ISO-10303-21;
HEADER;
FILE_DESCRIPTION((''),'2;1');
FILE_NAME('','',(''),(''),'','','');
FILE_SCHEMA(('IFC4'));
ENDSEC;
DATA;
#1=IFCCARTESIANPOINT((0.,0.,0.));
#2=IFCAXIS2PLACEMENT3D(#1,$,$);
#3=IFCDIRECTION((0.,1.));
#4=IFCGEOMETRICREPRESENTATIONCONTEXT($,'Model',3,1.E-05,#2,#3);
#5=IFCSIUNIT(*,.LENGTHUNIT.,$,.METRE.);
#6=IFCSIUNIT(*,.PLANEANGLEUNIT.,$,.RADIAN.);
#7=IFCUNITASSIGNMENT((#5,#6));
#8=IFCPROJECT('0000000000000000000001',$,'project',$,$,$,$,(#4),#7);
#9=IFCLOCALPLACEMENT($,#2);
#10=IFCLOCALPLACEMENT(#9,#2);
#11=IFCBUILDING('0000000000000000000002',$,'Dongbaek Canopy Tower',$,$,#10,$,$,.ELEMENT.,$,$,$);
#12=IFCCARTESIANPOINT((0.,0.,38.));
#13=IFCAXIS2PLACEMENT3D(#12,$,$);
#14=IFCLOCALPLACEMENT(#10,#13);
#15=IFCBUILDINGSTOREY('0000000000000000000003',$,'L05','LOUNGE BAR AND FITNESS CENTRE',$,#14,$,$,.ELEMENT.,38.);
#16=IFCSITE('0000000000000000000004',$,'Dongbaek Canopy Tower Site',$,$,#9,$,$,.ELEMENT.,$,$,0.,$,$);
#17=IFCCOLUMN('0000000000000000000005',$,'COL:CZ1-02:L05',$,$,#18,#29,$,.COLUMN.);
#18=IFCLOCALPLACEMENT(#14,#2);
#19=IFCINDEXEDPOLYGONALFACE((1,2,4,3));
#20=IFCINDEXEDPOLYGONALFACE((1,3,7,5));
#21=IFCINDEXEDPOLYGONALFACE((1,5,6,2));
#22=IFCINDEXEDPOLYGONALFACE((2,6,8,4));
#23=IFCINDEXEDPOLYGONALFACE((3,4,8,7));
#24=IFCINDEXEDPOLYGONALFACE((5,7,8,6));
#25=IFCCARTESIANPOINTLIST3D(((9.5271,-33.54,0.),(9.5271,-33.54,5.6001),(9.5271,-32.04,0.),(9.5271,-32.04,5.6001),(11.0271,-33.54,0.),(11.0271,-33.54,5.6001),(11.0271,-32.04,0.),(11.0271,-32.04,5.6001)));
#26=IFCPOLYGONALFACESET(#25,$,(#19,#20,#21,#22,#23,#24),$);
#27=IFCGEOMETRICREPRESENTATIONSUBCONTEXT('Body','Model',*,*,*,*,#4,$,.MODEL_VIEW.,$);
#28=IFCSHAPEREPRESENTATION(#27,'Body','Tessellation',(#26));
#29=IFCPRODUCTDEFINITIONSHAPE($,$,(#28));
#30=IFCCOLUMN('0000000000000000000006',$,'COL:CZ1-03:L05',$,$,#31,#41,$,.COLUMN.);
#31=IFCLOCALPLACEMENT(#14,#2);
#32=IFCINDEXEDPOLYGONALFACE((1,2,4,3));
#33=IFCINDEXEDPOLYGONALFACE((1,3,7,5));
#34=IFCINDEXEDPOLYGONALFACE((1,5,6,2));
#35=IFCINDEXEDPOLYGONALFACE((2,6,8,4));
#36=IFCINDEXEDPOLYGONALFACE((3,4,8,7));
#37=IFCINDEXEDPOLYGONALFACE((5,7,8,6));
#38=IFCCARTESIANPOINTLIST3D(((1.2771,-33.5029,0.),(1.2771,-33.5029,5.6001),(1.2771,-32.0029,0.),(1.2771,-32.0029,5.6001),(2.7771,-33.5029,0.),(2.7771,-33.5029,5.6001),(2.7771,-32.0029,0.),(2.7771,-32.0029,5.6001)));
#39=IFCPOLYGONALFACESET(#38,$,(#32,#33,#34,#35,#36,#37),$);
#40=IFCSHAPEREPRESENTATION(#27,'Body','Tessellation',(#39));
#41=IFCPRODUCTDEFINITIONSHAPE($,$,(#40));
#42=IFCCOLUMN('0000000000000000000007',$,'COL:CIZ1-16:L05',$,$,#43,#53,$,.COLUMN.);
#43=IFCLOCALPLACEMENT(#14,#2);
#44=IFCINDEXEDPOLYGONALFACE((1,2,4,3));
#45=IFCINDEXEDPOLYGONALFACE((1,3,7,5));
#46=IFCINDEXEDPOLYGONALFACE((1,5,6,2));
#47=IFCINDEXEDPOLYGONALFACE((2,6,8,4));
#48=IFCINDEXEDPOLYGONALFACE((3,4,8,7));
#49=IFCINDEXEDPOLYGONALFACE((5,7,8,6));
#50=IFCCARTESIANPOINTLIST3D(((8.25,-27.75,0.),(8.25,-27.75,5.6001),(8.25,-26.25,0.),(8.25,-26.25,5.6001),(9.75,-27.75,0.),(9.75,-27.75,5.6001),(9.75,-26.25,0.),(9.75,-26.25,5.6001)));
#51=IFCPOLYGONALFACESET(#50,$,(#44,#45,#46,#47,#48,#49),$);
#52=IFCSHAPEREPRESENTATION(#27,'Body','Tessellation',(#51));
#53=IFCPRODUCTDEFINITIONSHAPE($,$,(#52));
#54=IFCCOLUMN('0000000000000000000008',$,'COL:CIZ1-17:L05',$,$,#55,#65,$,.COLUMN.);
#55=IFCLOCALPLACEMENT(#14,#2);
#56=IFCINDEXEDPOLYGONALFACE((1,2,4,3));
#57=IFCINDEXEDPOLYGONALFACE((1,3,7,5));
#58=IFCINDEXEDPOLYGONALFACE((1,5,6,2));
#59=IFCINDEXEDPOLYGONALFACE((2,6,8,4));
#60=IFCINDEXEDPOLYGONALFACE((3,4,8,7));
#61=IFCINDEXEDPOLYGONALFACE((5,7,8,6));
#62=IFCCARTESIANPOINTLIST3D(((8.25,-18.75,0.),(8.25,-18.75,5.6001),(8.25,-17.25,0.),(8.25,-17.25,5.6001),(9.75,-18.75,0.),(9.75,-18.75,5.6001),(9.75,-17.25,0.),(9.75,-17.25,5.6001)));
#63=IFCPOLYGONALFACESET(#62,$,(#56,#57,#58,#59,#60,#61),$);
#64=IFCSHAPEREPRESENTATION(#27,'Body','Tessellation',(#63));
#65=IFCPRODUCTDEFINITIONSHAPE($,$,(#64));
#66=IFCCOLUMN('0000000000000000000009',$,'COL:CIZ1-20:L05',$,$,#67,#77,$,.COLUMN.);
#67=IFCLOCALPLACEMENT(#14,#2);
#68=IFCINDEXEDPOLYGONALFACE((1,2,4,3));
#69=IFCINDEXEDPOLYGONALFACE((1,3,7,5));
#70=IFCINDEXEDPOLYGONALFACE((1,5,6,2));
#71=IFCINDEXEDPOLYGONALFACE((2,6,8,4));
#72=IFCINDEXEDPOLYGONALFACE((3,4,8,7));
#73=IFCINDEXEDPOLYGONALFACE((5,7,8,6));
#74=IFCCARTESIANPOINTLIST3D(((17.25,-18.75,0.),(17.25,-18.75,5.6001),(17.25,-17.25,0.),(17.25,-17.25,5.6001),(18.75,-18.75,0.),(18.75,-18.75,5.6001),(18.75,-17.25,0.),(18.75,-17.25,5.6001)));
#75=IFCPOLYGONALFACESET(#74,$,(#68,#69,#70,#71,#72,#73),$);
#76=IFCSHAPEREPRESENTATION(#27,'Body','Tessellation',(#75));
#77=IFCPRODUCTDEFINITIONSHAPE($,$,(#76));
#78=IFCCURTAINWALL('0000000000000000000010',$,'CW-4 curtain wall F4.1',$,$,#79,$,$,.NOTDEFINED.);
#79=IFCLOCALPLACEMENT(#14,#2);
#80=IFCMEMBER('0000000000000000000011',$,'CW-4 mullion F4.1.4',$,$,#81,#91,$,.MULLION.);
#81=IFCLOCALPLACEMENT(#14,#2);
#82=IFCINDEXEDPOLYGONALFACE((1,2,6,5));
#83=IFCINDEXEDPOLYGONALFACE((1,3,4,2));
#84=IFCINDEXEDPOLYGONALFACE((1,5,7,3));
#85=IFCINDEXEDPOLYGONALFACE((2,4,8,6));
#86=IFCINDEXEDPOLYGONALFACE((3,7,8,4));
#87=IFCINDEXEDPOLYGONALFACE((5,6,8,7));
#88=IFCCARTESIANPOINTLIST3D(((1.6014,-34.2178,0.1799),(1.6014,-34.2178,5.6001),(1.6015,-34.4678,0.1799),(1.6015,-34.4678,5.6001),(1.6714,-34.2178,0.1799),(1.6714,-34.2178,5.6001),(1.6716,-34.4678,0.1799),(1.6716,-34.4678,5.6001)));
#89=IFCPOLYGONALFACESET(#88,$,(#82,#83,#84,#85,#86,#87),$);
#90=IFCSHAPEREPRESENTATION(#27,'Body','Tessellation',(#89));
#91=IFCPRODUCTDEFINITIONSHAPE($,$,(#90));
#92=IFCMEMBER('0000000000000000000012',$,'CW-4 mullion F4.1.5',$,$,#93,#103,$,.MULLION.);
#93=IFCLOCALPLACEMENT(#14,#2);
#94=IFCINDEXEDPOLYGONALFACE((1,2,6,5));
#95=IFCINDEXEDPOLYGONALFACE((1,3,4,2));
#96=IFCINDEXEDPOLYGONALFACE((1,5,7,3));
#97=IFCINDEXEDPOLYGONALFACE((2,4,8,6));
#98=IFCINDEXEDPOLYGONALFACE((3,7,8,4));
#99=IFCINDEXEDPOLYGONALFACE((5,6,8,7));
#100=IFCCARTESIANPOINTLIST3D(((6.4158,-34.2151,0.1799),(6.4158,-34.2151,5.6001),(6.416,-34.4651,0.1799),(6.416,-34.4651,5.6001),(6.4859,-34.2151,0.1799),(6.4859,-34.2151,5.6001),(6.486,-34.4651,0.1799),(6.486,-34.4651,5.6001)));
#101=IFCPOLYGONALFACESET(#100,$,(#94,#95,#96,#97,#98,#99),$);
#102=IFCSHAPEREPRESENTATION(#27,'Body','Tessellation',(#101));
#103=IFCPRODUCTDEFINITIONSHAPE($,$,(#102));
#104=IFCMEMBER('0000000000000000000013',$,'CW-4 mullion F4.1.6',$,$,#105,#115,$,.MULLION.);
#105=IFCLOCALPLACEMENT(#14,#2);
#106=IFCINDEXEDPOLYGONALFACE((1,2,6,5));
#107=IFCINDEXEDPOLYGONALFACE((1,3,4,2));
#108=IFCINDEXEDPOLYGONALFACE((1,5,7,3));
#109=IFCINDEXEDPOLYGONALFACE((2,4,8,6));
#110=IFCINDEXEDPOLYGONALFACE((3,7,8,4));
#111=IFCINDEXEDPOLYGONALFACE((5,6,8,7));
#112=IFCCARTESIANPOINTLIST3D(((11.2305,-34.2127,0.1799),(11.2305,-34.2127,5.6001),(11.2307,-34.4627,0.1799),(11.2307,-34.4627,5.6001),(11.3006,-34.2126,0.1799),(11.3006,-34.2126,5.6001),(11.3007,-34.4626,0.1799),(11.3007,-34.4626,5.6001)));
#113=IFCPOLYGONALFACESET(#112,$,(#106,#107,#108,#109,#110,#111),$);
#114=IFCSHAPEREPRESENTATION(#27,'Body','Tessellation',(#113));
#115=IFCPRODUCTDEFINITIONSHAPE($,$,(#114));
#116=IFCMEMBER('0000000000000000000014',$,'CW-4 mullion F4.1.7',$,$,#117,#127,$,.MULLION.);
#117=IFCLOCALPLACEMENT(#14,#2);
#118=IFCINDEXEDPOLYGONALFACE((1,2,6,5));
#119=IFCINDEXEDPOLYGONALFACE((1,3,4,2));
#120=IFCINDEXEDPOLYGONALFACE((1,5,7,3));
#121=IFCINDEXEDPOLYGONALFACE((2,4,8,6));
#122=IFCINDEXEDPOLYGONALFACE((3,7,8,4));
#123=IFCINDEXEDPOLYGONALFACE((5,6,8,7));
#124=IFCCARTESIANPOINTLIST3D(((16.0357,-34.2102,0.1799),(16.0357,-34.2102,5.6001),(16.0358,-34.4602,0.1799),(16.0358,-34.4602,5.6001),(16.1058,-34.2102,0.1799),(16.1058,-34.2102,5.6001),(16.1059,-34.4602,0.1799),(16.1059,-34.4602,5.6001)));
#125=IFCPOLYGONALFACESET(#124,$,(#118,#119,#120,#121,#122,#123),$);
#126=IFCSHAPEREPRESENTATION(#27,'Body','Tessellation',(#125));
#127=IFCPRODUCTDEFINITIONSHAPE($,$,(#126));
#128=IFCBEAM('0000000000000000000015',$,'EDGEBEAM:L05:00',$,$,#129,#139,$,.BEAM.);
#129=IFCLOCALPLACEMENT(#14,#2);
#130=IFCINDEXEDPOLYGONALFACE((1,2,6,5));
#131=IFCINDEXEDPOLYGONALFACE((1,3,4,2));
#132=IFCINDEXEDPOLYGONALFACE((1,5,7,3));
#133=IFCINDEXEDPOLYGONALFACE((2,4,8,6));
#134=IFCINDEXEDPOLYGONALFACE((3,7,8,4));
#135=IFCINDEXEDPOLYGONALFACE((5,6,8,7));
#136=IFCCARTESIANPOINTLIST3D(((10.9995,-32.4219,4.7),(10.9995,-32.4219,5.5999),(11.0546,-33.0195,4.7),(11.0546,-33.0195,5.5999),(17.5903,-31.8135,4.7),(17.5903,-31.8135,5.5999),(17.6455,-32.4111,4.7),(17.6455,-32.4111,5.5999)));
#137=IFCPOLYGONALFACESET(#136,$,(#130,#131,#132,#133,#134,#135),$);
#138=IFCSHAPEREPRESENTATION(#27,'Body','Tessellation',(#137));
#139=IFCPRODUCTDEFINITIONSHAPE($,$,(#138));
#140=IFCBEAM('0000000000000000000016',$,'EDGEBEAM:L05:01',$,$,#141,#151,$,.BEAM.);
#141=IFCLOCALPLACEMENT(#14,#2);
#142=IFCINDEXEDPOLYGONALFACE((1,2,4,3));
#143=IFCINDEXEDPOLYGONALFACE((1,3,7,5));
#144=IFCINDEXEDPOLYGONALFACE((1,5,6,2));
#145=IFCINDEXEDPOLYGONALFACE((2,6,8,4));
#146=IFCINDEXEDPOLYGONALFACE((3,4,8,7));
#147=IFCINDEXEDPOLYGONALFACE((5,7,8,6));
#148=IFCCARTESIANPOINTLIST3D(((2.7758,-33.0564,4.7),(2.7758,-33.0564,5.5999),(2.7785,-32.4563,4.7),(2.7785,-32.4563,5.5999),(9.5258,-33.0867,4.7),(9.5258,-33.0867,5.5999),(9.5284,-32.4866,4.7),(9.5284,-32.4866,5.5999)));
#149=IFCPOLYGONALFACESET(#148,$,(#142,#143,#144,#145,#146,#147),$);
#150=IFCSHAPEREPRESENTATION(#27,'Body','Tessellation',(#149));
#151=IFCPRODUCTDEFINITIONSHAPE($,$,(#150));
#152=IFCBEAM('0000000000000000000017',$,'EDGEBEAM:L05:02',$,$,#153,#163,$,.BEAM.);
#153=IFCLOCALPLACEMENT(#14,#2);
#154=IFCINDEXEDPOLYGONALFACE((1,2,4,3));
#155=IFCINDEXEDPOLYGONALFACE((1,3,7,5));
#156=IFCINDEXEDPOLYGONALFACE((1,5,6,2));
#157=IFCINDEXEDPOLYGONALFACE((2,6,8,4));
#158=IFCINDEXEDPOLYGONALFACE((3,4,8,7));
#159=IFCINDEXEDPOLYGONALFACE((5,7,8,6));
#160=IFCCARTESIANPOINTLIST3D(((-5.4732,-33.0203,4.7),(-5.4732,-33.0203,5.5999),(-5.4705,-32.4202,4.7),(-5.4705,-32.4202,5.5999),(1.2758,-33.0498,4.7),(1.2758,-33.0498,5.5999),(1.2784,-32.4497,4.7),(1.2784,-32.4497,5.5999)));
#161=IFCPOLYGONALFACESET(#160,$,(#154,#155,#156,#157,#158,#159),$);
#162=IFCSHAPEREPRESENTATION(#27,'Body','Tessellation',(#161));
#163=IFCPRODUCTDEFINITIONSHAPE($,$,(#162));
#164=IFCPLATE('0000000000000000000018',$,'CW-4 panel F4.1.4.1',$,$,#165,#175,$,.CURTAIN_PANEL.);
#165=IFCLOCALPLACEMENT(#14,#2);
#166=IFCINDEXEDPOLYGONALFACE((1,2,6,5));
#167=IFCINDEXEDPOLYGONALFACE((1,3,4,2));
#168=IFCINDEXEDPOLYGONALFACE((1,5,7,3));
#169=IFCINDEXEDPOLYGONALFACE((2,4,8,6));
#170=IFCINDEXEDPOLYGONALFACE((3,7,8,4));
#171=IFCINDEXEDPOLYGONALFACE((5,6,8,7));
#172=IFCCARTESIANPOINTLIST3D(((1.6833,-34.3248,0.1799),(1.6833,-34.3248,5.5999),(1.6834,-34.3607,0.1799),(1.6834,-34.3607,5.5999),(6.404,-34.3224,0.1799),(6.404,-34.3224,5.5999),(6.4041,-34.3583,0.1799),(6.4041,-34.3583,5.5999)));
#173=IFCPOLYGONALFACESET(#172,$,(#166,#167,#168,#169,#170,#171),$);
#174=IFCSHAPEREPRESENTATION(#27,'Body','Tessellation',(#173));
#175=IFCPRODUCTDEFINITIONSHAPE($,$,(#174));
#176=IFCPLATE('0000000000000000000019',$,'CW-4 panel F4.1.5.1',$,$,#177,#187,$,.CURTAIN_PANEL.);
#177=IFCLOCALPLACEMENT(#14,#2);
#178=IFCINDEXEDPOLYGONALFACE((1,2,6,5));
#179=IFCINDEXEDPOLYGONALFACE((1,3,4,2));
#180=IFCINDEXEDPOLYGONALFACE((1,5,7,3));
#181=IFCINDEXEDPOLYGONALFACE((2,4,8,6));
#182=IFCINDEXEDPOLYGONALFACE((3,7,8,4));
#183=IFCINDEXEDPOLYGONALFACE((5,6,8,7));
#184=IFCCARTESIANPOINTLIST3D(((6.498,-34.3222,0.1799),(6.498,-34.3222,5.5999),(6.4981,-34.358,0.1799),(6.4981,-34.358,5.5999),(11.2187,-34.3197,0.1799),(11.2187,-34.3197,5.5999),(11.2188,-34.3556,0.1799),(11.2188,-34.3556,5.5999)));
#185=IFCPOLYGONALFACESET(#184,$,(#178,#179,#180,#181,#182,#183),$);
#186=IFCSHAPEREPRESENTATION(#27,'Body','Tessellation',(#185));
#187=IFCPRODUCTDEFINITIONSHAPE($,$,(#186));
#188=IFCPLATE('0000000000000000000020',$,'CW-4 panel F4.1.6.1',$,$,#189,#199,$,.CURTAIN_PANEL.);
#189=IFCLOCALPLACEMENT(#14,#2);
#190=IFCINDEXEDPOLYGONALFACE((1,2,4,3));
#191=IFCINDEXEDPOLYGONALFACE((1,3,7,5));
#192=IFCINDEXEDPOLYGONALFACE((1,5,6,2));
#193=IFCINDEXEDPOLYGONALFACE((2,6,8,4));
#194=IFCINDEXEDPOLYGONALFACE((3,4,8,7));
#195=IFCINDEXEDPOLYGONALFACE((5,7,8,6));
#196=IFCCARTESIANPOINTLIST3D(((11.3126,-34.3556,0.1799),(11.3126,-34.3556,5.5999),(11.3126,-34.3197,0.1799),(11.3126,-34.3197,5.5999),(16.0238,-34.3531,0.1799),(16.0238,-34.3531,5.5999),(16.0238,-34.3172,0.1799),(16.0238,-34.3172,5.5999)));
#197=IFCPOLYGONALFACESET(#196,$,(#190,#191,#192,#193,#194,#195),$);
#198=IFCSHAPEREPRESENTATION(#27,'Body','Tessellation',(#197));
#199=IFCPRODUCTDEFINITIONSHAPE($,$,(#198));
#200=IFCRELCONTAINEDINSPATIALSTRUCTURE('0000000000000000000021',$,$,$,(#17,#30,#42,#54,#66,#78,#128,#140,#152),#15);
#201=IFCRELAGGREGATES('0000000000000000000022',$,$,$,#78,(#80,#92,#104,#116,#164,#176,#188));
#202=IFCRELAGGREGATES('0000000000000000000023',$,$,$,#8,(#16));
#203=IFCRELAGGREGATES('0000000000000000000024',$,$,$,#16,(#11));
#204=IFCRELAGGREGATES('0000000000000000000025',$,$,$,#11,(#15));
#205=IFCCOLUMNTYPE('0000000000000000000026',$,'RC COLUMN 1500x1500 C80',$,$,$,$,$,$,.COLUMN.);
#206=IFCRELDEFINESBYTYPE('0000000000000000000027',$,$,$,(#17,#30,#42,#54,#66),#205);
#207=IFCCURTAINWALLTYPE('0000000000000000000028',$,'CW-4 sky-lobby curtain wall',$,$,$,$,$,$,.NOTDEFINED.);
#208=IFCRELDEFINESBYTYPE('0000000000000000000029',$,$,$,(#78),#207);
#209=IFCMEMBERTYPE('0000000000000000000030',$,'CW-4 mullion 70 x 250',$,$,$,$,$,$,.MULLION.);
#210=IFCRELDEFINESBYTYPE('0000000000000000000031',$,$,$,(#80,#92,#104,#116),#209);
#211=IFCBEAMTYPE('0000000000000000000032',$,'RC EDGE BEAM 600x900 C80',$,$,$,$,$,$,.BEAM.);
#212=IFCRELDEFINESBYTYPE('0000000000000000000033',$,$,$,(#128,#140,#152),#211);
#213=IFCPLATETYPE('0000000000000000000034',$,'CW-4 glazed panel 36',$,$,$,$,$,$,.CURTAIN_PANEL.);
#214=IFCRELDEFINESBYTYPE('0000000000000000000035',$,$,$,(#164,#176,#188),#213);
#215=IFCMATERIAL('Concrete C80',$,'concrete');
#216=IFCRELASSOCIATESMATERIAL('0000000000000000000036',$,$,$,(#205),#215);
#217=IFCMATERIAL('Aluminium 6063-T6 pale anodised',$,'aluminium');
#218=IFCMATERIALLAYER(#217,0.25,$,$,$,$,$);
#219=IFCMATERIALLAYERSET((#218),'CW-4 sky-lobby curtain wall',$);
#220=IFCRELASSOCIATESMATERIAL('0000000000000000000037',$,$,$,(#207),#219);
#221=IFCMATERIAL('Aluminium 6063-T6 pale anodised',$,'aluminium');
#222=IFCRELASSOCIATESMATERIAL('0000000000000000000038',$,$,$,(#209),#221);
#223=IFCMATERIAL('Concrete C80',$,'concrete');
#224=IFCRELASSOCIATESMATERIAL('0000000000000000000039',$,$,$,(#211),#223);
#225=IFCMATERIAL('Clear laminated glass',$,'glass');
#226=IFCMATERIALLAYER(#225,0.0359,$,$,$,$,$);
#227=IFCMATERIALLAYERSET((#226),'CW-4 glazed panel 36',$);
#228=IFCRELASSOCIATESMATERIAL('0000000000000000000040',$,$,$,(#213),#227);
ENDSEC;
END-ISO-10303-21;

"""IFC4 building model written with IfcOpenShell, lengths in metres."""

from ifc_helpers import new_model, si_unit, direction, frame, origin, origin_2d, place, context, subcontext, project, spatial, rectangle, extrude, material, layer, layer_set, material_profile, profile_set, type_object, element, aggregate, save


model = new_model("IFC4")

# Units and contexts
model_context = context("Model", 3, precision=1e-05, world=origin(), true_north=direction((0.0, 1.0)))
body_context = subcontext(model_context, "Body", "Model", "MODEL_VIEW")
ifc_project = project(units=[si_unit("LENGTHUNIT", "METRE"), si_unit("PLANEANGLEUNIT", "RADIAN")], contexts=[model_context])

# Site, building, storey
site_placement = place(None, origin())
site = spatial("IfcSite", under=ifc_project, at=site_placement, Name="Dongbaek Canopy Tower Site", CompositionType="ELEMENT", RefElevation=0.0)
building_placement = place(site_placement, origin())
building = spatial("IfcBuilding", under=site, at=building_placement, Name="Dongbaek Canopy Tower", CompositionType="ELEMENT")
storey_placement = place(building_placement, frame((0.0, 0.0, 38.0)))
storey = spatial("IfcBuildingStorey", under=building, at=storey_placement, Name="L05", Description="LOUNGE BAR AND FITNESS CENTRE", CompositionType="ELEMENT", Elevation=38.0)

# Columns
ifc_material_1 = material(Name="Concrete C80", Category="concrete")
ifc_material_profile_1 = material_profile(ifc_material_1, rectangle(XDim=1.5, YDim=1.5, at=origin_2d()), Name="RC COLUMN 1500x1500 C80")
ifc_profile_set_1 = profile_set([ifc_material_profile_1], Name="Concrete C80")
column_type = type_object("IfcColumnType", Name="RC COLUMN 1500x1500 C80", PredefinedType="COLUMN", material=ifc_profile_set_1)
for number, where, z_axis, x_axis, name in (
    (1, (10.2771, -32.79, 0.0), (0.0, 0.0, 1.0), (1.0, 0.0, 0.0), "COL:CZ1-02:L05"),
    (2, (2.0271, -32.7529, 0.0), (0.0, 0.0, 1.0), (1.0, 0.0, 0.0), "COL:CZ1-03:L05"),
    (3, (9.0, -27.0, 0.0), (0.0, 0.0, 1.0), (1.0, 0.0, 0.0), "COL:CIZ1-16:L05"),
    (4, (9.0, -18.0, 0.0), (0.0, 0.0, 1.0), (1.0, 0.0, 0.0), "COL:CIZ1-17:L05"),
    (5, (18.0, -18.0, 0.0), (0.0, 0.0, 1.0), (1.0, 0.0, 0.0), "COL:CIZ1-20:L05"),
):
    element("IfcColumn", number, at=place(storey_placement, frame(where, z_axis=z_axis, x_axis=x_axis)), inside=storey, type_object=column_type, Name=name, PredefinedType="COLUMN", context=body_context, shape_type="SweptSolid", body=[
        extrude(rectangle(XDim=1.5, YDim=1.5, at=origin_2d()), origin(), (0.0, 0.0, 1.0), 5.6001),
    ])

# Curtain wall, members
ifc_material_2 = material(Name="Aluminium 6063-T6 pale anodised", Category="aluminium")
ifc_layer_1 = layer(ifc_material_2, 0.25)
ifc_layer_set_1 = layer_set([ifc_layer_1], Name="CW-4 sky-lobby curtain wall")
curtain_wall_type = type_object("IfcCurtainWallType", Name="CW-4 sky-lobby curtain wall", PredefinedType="NOTDEFINED", material=ifc_layer_set_1)
curtain_wall_1_placement = place(storey_placement, origin())
curtain_wall_1 = element("IfcCurtainWall", 6, at=curtain_wall_1_placement, inside=storey, type_object=curtain_wall_type, Name="CW-4 curtain wall F4.1", PredefinedType="NOTDEFINED")
ifc_material_3 = material(Name="Aluminium 6063-T6 pale anodised", Category="aluminium")
ifc_material_profile_2 = material_profile(ifc_material_3, rectangle(XDim=0.25, YDim=0.0701, at=origin_2d()), Name="CW-4 mullion 70 x 250")
ifc_profile_set_2 = profile_set([ifc_material_profile_2], Name="Aluminium 6063-T6 pale anodised")
member_type = type_object("IfcMemberType", Name="CW-4 mullion 70 x 250", PredefinedType="MULLION", material=ifc_profile_set_2)
member_1_placement = place(storey_placement, frame((1.6365, -34.3428, 0.1799), z_axis=(0.0, 0.0, 1.0), x_axis=(0.000524, -1.0, 0.0)))
member_1 = element("IfcMember", 7, at=member_1_placement, type_object=member_type, Name="CW-4 mullion F4.1.4", PredefinedType="MULLION", context=body_context, shape_type="SweptSolid", body=[
    extrude(rectangle(XDim=0.25, YDim=0.0701, at=origin_2d()), origin(), (0.0, 0.0, 1.0), 5.4202),
])
member_2_placement = place(storey_placement, frame((6.4509, -34.3401, 0.1799), z_axis=(0.0, 0.0, 1.0), x_axis=(0.000524, -1.0, 0.0)))
member_2 = element("IfcMember", 8, at=member_2_placement, type_object=member_type, Name="CW-4 mullion F4.1.5", PredefinedType="MULLION", context=body_context, shape_type="SweptSolid", body=[
    extrude(rectangle(XDim=0.25, YDim=0.0701, at=origin_2d()), origin(), (0.0, 0.0, 1.0), 5.4202),
])
member_3_placement = place(storey_placement, frame((11.2656, -34.3376, 0.1799), z_axis=(0.0, 0.0, 1.0), x_axis=(0.000524, -1.0, 0.0)))
member_3 = element("IfcMember", 9, at=member_3_placement, type_object=member_type, Name="CW-4 mullion F4.1.6", PredefinedType="MULLION", context=body_context, shape_type="SweptSolid", body=[
    extrude(rectangle(XDim=0.25, YDim=0.0701, at=origin_2d()), origin(), (0.0, 0.0, 1.0), 5.4202),
])
member_4_placement = place(storey_placement, frame((16.0708, -34.3352, 0.1799), z_axis=(0.0, 0.0, 1.0), x_axis=(0.000524, -1.0, 0.0)))
member_4 = element("IfcMember", 10, at=member_4_placement, type_object=member_type, Name="CW-4 mullion F4.1.7", PredefinedType="MULLION", context=body_context, shape_type="SweptSolid", body=[
    extrude(rectangle(XDim=0.25, YDim=0.0701, at=origin_2d()), origin(), (0.0, 0.0, 1.0), 5.4202),
])

# Beams
ifc_material_4 = material(Name="Concrete C80", Category="concrete")
ifc_material_profile_3 = material_profile(ifc_material_4, rectangle(XDim=0.6001, YDim=0.8999, at=origin_2d()), Name="RC EDGE BEAM 600x900 C80")
ifc_profile_set_3 = profile_set([ifc_material_profile_3], Name="Concrete C80")
beam_type = type_object("IfcBeamType", Name="RC EDGE BEAM 600x900 C80", PredefinedType="BEAM", material=ifc_profile_set_3)
beam_1_placement = place(storey_placement, frame((17.6179, -32.1123, 5.1499), z_axis=(-0.995766, -0.091919, 0.0), x_axis=(0.091919, -0.995766, 0.0)))
element("IfcBeam", 11, at=beam_1_placement, inside=storey, type_object=beam_type, Name="EDGEBEAM:L05:00", PredefinedType="BEAM", context=body_context, shape_type="SweptSolid", body=[
    extrude(rectangle(XDim=0.6001, YDim=0.8999, at=origin_2d()), origin(), (0.0, 0.0, 1.0), 6.6189),
])
beam_2_placement = place(storey_placement, frame((9.5271, -32.7866, 5.1499), z_axis=(-0.99999, 0.004485, 0.0), x_axis=(-0.004485, -0.99999, 0.0)))
element("IfcBeam", 12, at=beam_2_placement, inside=storey, type_object=beam_type, Name="EDGEBEAM:L05:01", PredefinedType="BEAM", context=body_context, shape_type="SweptSolid", body=[
    extrude(rectangle(XDim=0.6001, YDim=0.8999, at=origin_2d()), origin(), (0.0, 0.0, 1.0), 6.75),
])
beam_3_placement = place(storey_placement, frame((1.2771, -32.7498, 5.1499), z_axis=(-0.99999, 0.004377, 0.0), x_axis=(-0.004377, -0.99999, 0.0)))
element("IfcBeam", 13, at=beam_3_placement, inside=storey, type_object=beam_type, Name="EDGEBEAM:L05:02", PredefinedType="BEAM", context=body_context, shape_type="SweptSolid", body=[
    extrude(rectangle(XDim=0.6001, YDim=0.8999, at=origin_2d()), origin(), (0.0, 0.0, 1.0), 6.749),
])

# Plates
ifc_material_5 = material(Name="Clear laminated glass", Category="glass")
ifc_layer_2 = layer(ifc_material_5, 0.0359)
ifc_layer_set_2 = layer_set([ifc_layer_2], Name="CW-4 glazed panel 36")
plate_type = type_object("IfcPlateType", Name="CW-4 glazed panel 36", PredefinedType="CURTAIN_PANEL", material=ifc_layer_set_2)
plate_1_placement = place(storey_placement, frame((4.0437, -34.3416, 0.1799), z_axis=(0.0, 0.0, 1.0), x_axis=(1.0, 0.000524, 0.0)))
plate_1 = element("IfcPlate", 14, at=plate_1_placement, type_object=plate_type, Name="CW-4 panel F4.1.4.1", PredefinedType="CURTAIN_PANEL", context=body_context, shape_type="SweptSolid", body=[
    extrude(rectangle(XDim=4.7207, YDim=0.0359, at=origin_2d()), origin(), (0.0, 0.0, 1.0), 5.4199),
])
plate_2_placement = place(storey_placement, frame((8.8584, -34.3389, 0.1799), z_axis=(0.0, 0.0, 1.0), x_axis=(1.0, 0.000524, 0.0)))
plate_2 = element("IfcPlate", 15, at=plate_2_placement, type_object=plate_type, Name="CW-4 panel F4.1.5.1", PredefinedType="CURTAIN_PANEL", context=body_context, shape_type="SweptSolid", body=[
    extrude(rectangle(XDim=4.7207, YDim=0.0359, at=origin_2d()), origin(), (0.0, 0.0, 1.0), 5.4199),
])
plate_3_placement = place(storey_placement, frame((13.6682, -34.3364, 0.1799), z_axis=(0.0, 0.0, 1.0), x_axis=(1.0, 0.000524, 0.0)))
plate_3 = element("IfcPlate", 16, at=plate_3_placement, type_object=plate_type, Name="CW-4 panel F4.1.6.1", PredefinedType="CURTAIN_PANEL", context=body_context, shape_type="SweptSolid", body=[
    extrude(rectangle(XDim=4.7112, YDim=0.0359, at=origin_2d()), origin(), (0.0, 0.0, 1.0), 5.4199),
])

aggregate(curtain_wall_1, [member_1, member_2, member_3, member_4, plate_1, plate_2, plate_3])

save(model, "model.ifc")
